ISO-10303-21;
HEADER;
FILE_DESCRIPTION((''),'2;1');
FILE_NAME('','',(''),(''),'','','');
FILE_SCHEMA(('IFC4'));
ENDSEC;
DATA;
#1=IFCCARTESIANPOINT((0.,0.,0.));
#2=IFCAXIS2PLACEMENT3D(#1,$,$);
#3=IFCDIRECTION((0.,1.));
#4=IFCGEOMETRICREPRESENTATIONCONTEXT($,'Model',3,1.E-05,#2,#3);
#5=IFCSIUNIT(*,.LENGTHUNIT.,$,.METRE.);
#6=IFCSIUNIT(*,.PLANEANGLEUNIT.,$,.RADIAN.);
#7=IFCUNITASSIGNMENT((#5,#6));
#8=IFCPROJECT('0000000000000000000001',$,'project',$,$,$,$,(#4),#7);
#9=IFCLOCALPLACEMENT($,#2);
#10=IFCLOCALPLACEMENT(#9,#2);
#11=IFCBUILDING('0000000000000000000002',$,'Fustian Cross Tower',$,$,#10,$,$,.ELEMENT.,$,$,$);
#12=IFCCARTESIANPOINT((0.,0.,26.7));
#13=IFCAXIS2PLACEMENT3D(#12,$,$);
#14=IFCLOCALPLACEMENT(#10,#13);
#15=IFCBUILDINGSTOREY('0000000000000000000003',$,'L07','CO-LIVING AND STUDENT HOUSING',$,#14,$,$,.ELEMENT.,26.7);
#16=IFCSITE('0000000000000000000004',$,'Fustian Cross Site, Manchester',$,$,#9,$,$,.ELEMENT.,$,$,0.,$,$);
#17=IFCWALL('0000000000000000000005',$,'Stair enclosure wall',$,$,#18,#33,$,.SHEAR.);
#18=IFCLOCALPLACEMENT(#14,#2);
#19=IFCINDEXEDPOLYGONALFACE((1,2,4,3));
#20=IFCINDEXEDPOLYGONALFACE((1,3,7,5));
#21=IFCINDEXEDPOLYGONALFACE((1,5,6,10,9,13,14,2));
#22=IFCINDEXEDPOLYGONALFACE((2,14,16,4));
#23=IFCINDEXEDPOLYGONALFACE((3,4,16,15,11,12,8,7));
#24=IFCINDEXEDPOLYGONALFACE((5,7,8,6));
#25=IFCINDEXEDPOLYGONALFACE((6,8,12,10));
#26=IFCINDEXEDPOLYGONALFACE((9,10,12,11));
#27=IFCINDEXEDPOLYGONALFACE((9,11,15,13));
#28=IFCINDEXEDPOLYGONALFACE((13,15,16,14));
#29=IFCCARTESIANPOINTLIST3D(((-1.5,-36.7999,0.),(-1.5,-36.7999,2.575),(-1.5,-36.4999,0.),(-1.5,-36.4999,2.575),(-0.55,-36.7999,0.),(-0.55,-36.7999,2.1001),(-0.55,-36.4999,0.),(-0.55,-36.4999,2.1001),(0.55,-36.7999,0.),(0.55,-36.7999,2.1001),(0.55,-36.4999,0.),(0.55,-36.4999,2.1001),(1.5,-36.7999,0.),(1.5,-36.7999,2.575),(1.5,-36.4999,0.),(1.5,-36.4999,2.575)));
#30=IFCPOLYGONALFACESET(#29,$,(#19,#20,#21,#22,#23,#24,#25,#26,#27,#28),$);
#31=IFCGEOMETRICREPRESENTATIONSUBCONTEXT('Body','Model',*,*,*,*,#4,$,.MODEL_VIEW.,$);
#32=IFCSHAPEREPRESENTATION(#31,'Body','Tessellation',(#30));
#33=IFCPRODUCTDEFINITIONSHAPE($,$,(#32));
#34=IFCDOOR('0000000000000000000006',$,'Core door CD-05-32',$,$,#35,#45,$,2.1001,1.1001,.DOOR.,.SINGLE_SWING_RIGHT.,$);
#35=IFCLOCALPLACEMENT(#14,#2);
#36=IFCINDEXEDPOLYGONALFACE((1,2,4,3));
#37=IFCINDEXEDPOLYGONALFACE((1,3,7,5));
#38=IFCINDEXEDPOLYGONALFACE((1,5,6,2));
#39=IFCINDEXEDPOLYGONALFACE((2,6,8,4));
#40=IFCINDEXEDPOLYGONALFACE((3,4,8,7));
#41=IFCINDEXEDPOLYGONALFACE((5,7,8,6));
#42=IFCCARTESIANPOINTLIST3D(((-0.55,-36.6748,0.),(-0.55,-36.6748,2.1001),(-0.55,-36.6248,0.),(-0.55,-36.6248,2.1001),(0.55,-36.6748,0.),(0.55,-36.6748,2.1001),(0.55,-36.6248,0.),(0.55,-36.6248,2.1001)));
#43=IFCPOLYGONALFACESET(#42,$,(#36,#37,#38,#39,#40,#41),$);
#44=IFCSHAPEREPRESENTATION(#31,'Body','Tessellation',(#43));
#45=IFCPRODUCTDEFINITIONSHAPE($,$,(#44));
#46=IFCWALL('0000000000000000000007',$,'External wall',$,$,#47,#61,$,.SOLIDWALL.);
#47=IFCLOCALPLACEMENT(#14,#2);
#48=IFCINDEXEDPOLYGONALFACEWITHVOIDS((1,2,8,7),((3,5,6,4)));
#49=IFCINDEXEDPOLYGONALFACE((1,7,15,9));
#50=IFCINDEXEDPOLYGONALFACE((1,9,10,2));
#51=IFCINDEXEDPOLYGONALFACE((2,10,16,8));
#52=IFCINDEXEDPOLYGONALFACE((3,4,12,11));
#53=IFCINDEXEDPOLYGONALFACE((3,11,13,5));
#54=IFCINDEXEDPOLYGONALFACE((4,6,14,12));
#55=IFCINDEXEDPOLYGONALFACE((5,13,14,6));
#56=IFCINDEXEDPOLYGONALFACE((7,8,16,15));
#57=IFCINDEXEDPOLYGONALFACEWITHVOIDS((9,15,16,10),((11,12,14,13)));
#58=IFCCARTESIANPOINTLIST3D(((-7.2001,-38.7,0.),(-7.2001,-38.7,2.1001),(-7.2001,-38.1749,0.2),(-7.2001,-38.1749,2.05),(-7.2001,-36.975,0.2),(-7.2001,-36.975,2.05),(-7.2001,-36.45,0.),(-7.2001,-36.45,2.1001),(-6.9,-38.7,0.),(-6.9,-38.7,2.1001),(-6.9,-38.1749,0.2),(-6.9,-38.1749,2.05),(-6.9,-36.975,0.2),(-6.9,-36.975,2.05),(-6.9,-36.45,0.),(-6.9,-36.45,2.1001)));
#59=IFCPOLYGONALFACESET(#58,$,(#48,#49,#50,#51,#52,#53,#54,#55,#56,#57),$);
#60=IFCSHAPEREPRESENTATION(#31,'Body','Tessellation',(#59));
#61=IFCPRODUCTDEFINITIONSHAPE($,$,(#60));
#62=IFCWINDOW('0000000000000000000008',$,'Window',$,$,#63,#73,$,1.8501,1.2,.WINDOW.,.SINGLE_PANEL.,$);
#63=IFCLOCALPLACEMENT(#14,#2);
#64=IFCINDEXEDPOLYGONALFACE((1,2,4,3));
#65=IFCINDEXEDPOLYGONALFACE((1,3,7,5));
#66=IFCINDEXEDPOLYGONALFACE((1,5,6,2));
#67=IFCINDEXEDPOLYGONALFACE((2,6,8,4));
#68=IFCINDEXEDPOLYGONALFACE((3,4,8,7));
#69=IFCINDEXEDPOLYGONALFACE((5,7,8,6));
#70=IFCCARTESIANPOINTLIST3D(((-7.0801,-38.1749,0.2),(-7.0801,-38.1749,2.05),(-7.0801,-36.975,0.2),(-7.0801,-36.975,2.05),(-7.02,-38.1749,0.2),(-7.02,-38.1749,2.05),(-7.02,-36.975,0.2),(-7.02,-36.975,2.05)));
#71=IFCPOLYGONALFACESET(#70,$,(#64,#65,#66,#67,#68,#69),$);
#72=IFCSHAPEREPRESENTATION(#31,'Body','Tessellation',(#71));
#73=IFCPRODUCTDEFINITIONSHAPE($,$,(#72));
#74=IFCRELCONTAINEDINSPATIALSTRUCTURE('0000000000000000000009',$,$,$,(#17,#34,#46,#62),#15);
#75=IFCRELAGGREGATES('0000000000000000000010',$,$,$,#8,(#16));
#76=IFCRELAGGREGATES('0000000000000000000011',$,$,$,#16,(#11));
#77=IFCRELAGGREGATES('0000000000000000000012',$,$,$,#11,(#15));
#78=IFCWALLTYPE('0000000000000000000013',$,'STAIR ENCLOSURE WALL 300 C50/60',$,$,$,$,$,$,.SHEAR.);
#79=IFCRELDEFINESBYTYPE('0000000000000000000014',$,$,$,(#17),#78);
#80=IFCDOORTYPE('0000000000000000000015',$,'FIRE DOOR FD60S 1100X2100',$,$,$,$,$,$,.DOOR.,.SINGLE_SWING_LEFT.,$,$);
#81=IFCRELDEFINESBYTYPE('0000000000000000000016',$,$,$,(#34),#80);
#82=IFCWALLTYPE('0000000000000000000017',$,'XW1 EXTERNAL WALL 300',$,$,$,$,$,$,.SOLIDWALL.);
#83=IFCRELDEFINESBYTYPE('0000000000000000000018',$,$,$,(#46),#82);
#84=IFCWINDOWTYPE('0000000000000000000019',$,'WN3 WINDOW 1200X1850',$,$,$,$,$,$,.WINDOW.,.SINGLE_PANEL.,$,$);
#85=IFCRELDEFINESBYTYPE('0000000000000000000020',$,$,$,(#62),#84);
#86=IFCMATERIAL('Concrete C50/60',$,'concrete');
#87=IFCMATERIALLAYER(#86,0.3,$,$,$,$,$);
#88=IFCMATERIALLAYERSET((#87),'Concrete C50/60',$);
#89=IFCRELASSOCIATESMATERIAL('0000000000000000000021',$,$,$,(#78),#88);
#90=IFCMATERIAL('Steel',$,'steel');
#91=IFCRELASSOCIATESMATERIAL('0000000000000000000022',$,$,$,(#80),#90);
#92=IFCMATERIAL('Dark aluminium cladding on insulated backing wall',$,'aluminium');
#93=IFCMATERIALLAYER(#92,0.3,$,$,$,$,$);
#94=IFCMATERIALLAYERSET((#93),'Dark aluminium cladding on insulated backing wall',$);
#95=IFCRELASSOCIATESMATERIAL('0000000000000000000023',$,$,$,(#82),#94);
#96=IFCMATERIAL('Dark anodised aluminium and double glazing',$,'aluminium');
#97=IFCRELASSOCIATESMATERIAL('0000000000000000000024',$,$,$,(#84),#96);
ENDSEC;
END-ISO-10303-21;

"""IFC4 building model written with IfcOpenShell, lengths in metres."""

from ifc_helpers import new_model, si_unit, direction, frame, frame_2d, origin, place, context, subcontext, project, spatial, rectangle, extrude, material, layer, layer_set, type_object, element, fill, save


model = new_model("IFC4")

# Units and contexts
model_context = context("Model", 3, precision=1e-05, world=origin(), true_north=direction((0.0, 1.0)))
body_context = subcontext(model_context, "Body", "Model", "MODEL_VIEW")
ifc_project = project(units=[si_unit("LENGTHUNIT", "METRE"), si_unit("PLANEANGLEUNIT", "RADIAN")], contexts=[model_context])

# Site, building, storey
site_placement = place(None, origin())
site = spatial("IfcSite", under=ifc_project, at=site_placement, Name="Fustian Cross Site, Manchester", CompositionType="ELEMENT", RefElevation=0.0)
building_placement = place(site_placement, origin())
building = spatial("IfcBuilding", under=site, at=building_placement, Name="Fustian Cross Tower", CompositionType="ELEMENT")
storey_placement = place(building_placement, frame((0.0, 0.0, 26.7)))
storey = spatial("IfcBuildingStorey", under=building, at=storey_placement, Name="L07", Description="CO-LIVING AND STUDENT HOUSING", CompositionType="ELEMENT", Elevation=26.7)

# Wall, opening, door
ifc_material_1 = material(Name="Concrete C50/60", Category="concrete")
ifc_layer_1 = layer(ifc_material_1, 0.3)
ifc_layer_set_1 = layer_set([ifc_layer_1], Name="Concrete C50/60")
wall_type_1 = type_object("IfcWallType", Name="STAIR ENCLOSURE WALL 300 C50/60", PredefinedType="SHEAR", material=ifc_layer_set_1)
wall_1_placement = place(storey_placement, frame((-1.5, -36.6499, 0.0), z_axis=(0.0, 0.0, 1.0), x_axis=(1.0, 0.0, 0.0)))
wall_1 = element("IfcWall", 1, at=wall_1_placement, inside=storey, type_object=wall_type_1, Name="Stair enclosure wall", PredefinedType="SHEAR", context=body_context, shape_type="SweptSolid", body=[
    extrude(rectangle(XDim=3.0, YDim=0.3, at=frame_2d((1.5, 0.0))), origin(), (0.0, 0.0, 1.0), 2.575),
])
opening_1_placement = place(wall_1_placement, frame((0.95, 0.0, 0.0)))
opening_1 = element("IfcOpeningElement", 2, at=opening_1_placement, cuts=wall_1, PredefinedType="OPENING", context=body_context, shape_type="SweptSolid", body=[
    extrude(rectangle(XDim=1.1001, YDim=2.1001, at=frame_2d((0.55, 1.05))), frame((0.0, 0.1599, 0.0), z_axis=(0.0, -1.0, 0.0), x_axis=(1.0, 0.0, 0.0)), (0.0, 0.0, 1.0), 0.3201),
])
ifc_material_2 = material(Name="Steel", Category="steel")
door_type_1 = type_object("IfcDoorType", Name="FIRE DOOR FD60S 1100X2100", OperationType="SINGLE_SWING_LEFT", PredefinedType="DOOR", material=ifc_material_2)
door_1_placement = place(opening_1_placement, frame((1.1001, 0.0, 0.0), z_axis=(0.0, 0.0, 1.0), x_axis=(-1.0, 0.0, 0.0)))
door_1 = element("IfcDoor", 3, at=door_1_placement, inside=storey, type_object=door_type_1, Name="Core door CD-05-32", OperationType="SINGLE_SWING_RIGHT", OverallHeight=2.1001, OverallWidth=1.1001, PredefinedType="DOOR", context=body_context, shape_type="SweptSolid", body=[
    extrude(rectangle(XDim=1.1001, YDim=2.1001, at=frame_2d((0.55, 1.05))), frame((0.0, 0.0249, 0.0), z_axis=(0.0, -1.0, 0.0), x_axis=(1.0, 0.0, 0.0)), (0.0, 0.0, 1.0), 0.05),
])
fill(opening_1, door_1)

# Wall, opening, window
ifc_material_3 = material(Name="Dark aluminium cladding on insulated backing wall", Category="aluminium")
ifc_layer_2 = layer(ifc_material_3, 0.3)
ifc_layer_set_2 = layer_set([ifc_layer_2], Name="Dark aluminium cladding on insulated backing wall")
wall_type_2 = type_object("IfcWallType", Name="XW1 EXTERNAL WALL 300", PredefinedType="SOLIDWALL", material=ifc_layer_set_2)
wall_2_placement = place(storey_placement, frame((-7.05, -36.45, 0.0), z_axis=(0.0, 0.0, 1.0), x_axis=(0.0, -1.0, 0.0)))
wall_2 = element("IfcWall", 4, at=wall_2_placement, inside=storey, type_object=wall_type_2, Name="External wall", PredefinedType="SOLIDWALL", context=body_context, shape_type="SweptSolid", body=[
    extrude(rectangle(XDim=2.25, YDim=0.3, at=frame_2d((1.125, 0.0))), origin(), (0.0, 0.0, 1.0), 2.1001),
])
opening_2_placement = place(wall_2_placement, frame((0.5249, 0.0, 0.2)))
opening_2 = element("IfcOpeningElement", 5, at=opening_2_placement, cuts=wall_2, PredefinedType="OPENING", context=body_context, shape_type="SweptSolid", body=[
    extrude(rectangle(XDim=1.2, YDim=1.8501, at=frame_2d((0.6001, 0.925))), frame((0.0, 0.1599, 0.0), z_axis=(0.0, -1.0, 0.0), x_axis=(1.0, 0.0, 0.0)), (0.0, 0.0, 1.0), 0.3201),
])
ifc_material_4 = material(Name="Dark anodised aluminium and double glazing", Category="aluminium")
window_type = type_object("IfcWindowType", Name="WN3 WINDOW 1200X1850", PartitioningType="SINGLE_PANEL", PredefinedType="WINDOW", material=ifc_material_4)
window_placement = place(opening_2_placement, origin())
window = element("IfcWindow", 6, at=window_placement, inside=storey, type_object=window_type, Name="Window", OverallHeight=1.8501, OverallWidth=1.2, PartitioningType="SINGLE_PANEL", PredefinedType="WINDOW", context=body_context, shape_type="SweptSolid", body=[
    extrude(rectangle(XDim=1.2, YDim=1.8501, at=frame_2d((0.6001, 0.925))), frame((0.0, 0.03, 0.0), z_axis=(0.0, -1.0, 0.0), x_axis=(1.0, 0.0, 0.0)), (0.0, 0.0, 1.0), 0.0601),
])
fill(opening_2, window)

save(model, "model.ifc")
